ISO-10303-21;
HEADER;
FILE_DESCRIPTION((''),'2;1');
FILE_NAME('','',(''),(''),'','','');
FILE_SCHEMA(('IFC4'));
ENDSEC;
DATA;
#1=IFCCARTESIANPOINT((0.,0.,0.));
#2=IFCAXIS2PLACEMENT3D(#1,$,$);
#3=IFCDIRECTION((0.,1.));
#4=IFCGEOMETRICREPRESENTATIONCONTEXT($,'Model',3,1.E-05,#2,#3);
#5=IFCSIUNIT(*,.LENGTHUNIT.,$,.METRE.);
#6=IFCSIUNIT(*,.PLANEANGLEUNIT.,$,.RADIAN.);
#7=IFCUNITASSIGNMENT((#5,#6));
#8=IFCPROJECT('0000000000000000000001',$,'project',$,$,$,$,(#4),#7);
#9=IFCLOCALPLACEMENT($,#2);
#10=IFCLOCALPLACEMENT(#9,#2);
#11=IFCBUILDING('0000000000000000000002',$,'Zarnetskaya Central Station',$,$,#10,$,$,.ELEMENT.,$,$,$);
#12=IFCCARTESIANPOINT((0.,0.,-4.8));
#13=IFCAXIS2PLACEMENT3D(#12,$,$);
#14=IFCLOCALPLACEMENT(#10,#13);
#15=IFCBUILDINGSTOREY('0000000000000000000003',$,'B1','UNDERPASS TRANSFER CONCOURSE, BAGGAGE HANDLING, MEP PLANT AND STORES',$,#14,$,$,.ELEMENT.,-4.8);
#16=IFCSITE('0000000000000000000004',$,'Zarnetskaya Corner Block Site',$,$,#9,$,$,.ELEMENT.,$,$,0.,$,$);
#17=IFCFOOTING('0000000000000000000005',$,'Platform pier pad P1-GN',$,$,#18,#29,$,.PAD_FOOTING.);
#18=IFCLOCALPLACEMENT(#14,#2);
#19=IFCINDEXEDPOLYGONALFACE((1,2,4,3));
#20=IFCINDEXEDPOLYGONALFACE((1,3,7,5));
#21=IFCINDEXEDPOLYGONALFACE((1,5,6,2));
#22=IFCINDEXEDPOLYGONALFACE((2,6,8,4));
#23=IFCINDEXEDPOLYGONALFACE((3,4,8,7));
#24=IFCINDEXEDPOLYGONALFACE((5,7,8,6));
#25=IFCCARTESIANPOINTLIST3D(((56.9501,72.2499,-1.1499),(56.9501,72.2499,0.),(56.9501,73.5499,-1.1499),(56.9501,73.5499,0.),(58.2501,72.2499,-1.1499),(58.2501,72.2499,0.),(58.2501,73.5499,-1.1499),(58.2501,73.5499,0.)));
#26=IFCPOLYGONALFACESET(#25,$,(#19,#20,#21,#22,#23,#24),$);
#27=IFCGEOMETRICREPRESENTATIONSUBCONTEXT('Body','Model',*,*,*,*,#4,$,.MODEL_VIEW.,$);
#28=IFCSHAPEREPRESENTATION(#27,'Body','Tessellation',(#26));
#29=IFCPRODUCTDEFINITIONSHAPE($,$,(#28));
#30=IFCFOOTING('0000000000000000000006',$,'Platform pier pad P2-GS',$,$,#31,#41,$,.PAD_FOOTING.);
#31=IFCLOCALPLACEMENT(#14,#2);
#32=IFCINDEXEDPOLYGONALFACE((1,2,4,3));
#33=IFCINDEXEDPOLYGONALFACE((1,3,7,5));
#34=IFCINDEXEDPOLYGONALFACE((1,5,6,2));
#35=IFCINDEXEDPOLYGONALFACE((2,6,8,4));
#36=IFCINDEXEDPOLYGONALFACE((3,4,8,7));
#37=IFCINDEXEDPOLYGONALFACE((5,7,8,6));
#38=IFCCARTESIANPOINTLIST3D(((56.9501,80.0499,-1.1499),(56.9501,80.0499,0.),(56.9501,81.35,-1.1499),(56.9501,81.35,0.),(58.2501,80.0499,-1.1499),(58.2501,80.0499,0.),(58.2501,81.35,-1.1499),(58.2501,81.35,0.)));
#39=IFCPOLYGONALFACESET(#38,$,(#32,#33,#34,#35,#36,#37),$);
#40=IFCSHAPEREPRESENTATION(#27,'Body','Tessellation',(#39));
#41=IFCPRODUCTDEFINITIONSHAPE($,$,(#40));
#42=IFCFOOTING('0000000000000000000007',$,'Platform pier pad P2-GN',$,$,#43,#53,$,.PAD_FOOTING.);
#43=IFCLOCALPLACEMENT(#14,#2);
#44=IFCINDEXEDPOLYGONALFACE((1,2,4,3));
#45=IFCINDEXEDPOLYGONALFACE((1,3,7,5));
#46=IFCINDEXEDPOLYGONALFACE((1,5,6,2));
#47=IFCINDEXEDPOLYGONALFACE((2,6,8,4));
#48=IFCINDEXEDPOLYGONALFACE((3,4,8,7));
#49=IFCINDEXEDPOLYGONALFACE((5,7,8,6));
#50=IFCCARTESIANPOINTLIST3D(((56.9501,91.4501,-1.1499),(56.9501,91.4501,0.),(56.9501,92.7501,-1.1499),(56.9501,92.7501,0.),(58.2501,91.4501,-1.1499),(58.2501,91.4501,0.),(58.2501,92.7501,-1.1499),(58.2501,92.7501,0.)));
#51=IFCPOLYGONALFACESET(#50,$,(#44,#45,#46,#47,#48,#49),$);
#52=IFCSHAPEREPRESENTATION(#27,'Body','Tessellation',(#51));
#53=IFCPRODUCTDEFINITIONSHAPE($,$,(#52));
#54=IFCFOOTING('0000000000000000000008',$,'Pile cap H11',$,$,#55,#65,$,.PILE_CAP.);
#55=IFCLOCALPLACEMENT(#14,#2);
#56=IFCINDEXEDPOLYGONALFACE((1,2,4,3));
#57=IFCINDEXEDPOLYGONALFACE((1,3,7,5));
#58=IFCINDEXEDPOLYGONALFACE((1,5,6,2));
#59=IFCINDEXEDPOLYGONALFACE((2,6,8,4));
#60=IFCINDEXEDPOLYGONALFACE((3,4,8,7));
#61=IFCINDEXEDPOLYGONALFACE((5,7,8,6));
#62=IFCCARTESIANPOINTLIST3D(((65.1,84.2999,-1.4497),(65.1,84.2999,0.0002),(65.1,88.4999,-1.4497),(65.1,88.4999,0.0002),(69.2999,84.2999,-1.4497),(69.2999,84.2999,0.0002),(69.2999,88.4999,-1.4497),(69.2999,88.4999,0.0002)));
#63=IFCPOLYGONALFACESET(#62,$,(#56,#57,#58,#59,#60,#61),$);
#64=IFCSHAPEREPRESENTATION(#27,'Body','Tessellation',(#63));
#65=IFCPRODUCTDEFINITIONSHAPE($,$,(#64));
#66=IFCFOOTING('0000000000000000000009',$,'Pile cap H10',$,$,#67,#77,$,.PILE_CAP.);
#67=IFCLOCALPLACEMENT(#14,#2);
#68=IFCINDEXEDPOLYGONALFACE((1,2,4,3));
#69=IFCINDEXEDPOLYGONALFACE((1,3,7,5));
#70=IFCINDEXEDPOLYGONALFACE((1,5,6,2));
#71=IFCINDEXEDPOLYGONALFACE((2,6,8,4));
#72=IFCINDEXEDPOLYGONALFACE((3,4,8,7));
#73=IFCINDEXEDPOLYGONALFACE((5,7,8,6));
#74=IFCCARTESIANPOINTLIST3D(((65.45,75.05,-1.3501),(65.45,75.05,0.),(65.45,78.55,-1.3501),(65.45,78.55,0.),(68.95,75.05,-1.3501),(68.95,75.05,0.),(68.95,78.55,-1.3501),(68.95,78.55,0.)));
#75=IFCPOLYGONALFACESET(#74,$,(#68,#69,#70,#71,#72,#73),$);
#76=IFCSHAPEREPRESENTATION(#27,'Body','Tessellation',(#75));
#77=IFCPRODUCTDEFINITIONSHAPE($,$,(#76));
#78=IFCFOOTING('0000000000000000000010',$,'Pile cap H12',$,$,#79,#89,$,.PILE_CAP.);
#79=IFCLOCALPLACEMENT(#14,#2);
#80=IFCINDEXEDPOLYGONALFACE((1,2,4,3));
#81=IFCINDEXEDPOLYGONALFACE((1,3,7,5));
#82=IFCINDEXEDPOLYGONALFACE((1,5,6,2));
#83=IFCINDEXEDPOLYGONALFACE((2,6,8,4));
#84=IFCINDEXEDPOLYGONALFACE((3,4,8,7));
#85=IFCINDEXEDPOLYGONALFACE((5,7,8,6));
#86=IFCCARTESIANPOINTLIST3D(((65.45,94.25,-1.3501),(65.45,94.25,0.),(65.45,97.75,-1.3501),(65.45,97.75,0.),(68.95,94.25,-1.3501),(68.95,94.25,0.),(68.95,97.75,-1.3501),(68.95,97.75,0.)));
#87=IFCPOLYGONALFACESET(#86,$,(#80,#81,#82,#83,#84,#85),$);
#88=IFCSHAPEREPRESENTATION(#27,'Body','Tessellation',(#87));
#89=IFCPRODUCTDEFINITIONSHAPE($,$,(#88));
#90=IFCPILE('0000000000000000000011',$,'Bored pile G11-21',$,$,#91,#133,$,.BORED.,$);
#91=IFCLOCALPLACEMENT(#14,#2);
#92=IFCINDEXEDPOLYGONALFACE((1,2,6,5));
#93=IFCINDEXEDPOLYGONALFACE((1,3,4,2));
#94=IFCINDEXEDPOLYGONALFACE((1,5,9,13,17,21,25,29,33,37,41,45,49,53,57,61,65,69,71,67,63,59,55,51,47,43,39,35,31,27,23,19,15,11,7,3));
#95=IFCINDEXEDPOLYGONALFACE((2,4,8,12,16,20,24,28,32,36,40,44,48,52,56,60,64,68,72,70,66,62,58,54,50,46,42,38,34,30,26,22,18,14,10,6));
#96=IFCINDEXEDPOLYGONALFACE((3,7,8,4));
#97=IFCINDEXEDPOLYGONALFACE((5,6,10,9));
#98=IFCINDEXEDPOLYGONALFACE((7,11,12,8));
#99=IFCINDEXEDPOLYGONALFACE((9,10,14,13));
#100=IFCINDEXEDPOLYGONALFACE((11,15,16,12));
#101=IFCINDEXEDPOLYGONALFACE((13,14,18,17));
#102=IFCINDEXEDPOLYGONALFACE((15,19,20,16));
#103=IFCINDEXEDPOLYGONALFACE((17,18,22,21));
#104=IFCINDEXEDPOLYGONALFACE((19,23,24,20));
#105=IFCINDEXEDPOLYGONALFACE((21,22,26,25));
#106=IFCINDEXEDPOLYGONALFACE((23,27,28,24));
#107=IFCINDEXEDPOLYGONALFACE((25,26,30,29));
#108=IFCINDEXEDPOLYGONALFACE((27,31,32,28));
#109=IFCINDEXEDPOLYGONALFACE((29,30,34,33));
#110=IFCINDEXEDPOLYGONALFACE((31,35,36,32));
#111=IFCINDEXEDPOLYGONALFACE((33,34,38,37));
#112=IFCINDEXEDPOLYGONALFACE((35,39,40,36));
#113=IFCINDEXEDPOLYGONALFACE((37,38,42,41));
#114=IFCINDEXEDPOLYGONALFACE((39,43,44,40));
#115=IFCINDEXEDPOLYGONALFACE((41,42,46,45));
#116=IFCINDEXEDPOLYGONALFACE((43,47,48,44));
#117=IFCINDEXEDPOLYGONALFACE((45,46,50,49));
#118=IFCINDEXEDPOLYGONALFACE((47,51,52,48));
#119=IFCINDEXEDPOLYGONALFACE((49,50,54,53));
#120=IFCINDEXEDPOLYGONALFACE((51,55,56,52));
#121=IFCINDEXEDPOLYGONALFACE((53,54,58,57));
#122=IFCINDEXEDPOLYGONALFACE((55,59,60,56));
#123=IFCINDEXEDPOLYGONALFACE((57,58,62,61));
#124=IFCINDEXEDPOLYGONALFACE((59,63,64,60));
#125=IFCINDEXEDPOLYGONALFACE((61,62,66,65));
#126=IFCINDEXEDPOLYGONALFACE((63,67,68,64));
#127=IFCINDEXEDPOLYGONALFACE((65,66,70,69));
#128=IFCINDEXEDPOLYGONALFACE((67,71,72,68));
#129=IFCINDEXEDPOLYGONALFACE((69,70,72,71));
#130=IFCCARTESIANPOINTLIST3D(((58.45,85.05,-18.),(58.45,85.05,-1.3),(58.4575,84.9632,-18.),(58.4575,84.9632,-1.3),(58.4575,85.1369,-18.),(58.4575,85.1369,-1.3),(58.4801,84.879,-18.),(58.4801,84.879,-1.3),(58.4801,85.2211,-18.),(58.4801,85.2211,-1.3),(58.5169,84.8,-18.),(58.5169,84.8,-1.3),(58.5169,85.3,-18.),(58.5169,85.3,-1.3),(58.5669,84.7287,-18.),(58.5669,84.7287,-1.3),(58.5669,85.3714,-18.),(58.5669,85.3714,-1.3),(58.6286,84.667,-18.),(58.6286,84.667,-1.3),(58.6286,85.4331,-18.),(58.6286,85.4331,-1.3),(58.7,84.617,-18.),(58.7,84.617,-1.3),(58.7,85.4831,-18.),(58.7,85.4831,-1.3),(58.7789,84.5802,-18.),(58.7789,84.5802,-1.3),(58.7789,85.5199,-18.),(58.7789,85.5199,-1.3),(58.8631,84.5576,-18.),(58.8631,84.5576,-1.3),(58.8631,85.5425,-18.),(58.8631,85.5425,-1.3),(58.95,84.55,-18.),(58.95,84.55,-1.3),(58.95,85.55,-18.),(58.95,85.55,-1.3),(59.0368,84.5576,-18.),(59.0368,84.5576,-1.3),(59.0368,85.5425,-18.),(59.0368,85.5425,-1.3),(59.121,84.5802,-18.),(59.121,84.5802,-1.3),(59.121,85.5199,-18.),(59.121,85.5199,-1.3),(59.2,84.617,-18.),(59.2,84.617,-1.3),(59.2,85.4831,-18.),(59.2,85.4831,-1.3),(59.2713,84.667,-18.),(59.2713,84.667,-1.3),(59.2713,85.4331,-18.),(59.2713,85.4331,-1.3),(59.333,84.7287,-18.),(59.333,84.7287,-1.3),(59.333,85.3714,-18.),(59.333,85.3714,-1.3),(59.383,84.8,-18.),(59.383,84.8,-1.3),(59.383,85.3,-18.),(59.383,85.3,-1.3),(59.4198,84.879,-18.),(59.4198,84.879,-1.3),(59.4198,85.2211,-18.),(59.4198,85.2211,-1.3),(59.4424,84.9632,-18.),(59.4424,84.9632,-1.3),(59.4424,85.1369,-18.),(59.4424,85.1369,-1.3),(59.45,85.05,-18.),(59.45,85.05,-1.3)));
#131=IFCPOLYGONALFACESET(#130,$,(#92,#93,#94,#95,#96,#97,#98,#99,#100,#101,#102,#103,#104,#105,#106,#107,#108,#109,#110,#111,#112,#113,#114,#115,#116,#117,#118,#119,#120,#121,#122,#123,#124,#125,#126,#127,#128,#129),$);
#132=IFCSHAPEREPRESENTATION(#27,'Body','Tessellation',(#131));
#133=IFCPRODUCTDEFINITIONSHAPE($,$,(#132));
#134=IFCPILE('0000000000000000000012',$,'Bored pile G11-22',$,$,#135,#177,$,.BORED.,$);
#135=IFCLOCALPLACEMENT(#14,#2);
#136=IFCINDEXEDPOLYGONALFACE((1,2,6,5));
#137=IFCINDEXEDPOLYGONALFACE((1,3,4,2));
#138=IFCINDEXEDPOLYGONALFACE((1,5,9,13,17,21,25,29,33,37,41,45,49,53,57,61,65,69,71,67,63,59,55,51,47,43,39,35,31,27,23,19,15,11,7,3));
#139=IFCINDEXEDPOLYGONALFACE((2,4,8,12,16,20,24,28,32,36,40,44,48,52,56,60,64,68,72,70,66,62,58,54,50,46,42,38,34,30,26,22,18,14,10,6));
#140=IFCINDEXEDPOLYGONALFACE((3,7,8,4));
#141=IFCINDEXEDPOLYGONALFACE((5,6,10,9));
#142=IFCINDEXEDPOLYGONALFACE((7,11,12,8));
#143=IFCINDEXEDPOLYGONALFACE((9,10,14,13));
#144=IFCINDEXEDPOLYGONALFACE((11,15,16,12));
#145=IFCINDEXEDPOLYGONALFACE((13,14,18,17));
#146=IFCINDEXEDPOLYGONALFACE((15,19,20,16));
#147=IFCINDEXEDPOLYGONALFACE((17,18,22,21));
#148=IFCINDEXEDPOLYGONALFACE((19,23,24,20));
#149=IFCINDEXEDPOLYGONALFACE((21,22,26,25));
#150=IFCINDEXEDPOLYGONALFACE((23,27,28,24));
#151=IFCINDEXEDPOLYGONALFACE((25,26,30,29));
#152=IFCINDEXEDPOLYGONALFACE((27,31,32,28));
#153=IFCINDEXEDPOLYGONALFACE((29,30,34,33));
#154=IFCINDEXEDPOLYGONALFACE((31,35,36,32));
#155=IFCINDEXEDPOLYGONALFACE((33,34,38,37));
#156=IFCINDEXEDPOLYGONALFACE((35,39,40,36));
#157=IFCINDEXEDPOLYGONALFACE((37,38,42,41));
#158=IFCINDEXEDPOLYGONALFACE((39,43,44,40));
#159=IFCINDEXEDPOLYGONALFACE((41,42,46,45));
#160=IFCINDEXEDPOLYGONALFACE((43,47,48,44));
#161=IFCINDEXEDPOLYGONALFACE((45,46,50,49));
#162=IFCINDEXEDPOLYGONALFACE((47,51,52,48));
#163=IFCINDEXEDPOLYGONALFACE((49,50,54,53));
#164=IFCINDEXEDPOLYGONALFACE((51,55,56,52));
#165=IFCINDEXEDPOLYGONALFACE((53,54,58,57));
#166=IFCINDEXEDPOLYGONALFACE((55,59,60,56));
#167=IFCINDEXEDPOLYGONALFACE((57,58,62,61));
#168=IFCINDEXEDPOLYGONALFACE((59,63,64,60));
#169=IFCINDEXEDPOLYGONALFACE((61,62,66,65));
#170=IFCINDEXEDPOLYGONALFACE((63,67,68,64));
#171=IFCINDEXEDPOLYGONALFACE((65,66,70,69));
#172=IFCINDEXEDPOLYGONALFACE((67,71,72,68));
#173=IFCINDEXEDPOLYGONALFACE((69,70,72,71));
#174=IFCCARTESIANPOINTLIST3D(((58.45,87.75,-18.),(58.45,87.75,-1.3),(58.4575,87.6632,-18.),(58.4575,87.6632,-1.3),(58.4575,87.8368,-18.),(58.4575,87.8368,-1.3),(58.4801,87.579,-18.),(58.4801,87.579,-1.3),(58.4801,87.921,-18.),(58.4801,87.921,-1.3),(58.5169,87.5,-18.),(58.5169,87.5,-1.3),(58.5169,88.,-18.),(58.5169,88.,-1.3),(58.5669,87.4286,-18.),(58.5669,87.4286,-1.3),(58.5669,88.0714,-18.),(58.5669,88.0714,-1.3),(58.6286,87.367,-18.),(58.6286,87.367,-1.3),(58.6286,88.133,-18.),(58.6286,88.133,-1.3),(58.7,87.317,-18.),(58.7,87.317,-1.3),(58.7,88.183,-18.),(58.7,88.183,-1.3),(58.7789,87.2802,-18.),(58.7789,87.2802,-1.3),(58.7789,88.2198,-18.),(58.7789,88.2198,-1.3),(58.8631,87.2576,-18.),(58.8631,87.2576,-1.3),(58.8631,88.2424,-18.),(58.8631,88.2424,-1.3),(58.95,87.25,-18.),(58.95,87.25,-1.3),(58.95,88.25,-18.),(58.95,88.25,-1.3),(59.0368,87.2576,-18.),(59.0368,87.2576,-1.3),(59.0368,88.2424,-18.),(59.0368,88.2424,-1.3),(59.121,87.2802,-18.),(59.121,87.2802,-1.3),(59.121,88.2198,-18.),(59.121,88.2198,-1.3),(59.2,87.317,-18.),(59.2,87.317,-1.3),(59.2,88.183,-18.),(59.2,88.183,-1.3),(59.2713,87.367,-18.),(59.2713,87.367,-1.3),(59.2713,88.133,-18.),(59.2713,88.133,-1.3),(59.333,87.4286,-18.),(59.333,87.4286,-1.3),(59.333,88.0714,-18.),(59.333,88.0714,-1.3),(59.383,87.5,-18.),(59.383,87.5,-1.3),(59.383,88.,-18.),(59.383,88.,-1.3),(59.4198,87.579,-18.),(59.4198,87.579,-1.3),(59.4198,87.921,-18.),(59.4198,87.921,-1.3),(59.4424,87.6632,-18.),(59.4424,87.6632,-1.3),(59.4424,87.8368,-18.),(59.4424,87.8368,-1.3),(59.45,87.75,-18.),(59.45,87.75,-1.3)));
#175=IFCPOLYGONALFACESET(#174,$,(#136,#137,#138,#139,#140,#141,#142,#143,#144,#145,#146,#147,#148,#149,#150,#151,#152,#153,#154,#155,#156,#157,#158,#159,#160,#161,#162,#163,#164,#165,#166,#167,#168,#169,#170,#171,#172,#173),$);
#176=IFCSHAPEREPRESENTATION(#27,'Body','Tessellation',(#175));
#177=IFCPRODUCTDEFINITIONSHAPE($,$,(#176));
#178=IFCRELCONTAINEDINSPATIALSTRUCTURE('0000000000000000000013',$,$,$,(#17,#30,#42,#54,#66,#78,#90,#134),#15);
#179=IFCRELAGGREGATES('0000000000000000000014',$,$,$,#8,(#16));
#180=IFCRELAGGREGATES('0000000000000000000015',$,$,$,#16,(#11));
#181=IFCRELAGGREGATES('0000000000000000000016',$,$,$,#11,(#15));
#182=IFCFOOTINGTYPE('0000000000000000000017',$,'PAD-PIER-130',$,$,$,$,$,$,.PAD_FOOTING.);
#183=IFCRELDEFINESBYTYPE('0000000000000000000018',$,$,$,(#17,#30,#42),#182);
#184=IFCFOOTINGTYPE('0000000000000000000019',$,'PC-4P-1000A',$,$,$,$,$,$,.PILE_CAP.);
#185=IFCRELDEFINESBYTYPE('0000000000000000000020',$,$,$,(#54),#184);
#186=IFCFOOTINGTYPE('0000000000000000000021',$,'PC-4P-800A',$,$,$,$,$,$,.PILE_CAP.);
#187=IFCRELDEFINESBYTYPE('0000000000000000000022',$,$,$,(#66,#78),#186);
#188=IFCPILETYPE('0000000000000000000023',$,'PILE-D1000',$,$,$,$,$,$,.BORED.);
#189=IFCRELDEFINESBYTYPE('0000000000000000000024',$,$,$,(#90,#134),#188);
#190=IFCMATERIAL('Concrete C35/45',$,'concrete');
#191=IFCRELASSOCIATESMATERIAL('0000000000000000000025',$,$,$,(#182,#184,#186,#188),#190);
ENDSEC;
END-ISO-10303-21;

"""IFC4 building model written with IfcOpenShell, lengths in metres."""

from ifc_helpers import new_model, si_unit, direction, frame, origin, origin_2d, place, context, subcontext, project, spatial, rectangle, circle, extrude, material, material_profile, profile_set, type_object, element, save


model = new_model("IFC4")

# Units and contexts
model_context = context("Model", 3, precision=1e-05, world=origin(), true_north=direction((0.0, 1.0)))
body_context = subcontext(model_context, "Body", "Model", "MODEL_VIEW")
ifc_project = project(units=[si_unit("LENGTHUNIT", "METRE"), si_unit("PLANEANGLEUNIT", "RADIAN")], contexts=[model_context])

# Site, building, storey
site_placement = place(None, origin())
site = spatial("IfcSite", under=ifc_project, at=site_placement, Name="Zarnetskaya Corner Block Site", CompositionType="ELEMENT", RefElevation=0.0)
building_placement = place(site_placement, origin())
building = spatial("IfcBuilding", under=site, at=building_placement, Name="Zarnetskaya Central Station", CompositionType="ELEMENT")
storey_placement = place(building_placement, frame((0.0, 0.0, -4.8)))
storey = spatial("IfcBuildingStorey", under=building, at=storey_placement, Name="B1", Description="UNDERPASS TRANSFER CONCOURSE, BAGGAGE HANDLING, MEP PLANT AND STORES", CompositionType="ELEMENT", Elevation=-4.8)

# Footings
ifc_material = material(Name="Concrete C35/45", Category="concrete")
footing_type_1 = type_object("IfcFootingType", Name="PAD-PIER-130", PredefinedType="PAD_FOOTING", material=ifc_material)
for number, where, z_axis, x_axis, name in (
    (1, (57.6001, 72.8999, -1.1499), (0.0, 0.0, 1.0), (1.0, 0.0, 0.0), "Platform pier pad P1-GN"),
    (2, (57.6001, 80.7, -1.1499), (0.0, 0.0, 1.0), (1.0, 0.0, 0.0), "Platform pier pad P2-GS"),
    (3, (57.6001, 92.1001, -1.1499), (0.0, 0.0, 1.0), (1.0, 0.0, 0.0), "Platform pier pad P2-GN"),
):
    element("IfcFooting", number, at=place(storey_placement, frame(where, z_axis=z_axis, x_axis=x_axis)), inside=storey, type_object=footing_type_1, Name=name, PredefinedType="PAD_FOOTING", context=body_context, shape_type="SweptSolid", body=[
        extrude(rectangle(XDim=1.3, YDim=1.3, at=origin_2d()), origin(), (0.0, 0.0, 1.0), 1.1499),
    ])
footing_type_2 = type_object("IfcFootingType", Name="PC-4P-1000A", PredefinedType="PILE_CAP", material=ifc_material)
footing_placement = place(storey_placement, frame((67.2, 86.3999, -1.4497), z_axis=(0.0, 0.0, 1.0), x_axis=(1.0, 0.0, 0.0)))
element("IfcFooting", 4, at=footing_placement, inside=storey, type_object=footing_type_2, Name="Pile cap H11", PredefinedType="PILE_CAP", context=body_context, shape_type="SweptSolid", body=[
    extrude(rectangle(XDim=4.2, YDim=4.2, at=origin_2d()), origin(), (0.0, 0.0, 1.0), 1.45),
])
footing_type_3 = type_object("IfcFootingType", Name="PC-4P-800A", PredefinedType="PILE_CAP", material=ifc_material)
for number, where, z_axis, x_axis, name in (
    (5, (67.2, 76.8, -1.3501), (0.0, 0.0, 1.0), (1.0, 0.0, 0.0), "Pile cap H10"),
    (6, (67.2, 96.0, -1.3501), (0.0, 0.0, 1.0), (1.0, 0.0, 0.0), "Pile cap H12"),
):
    element("IfcFooting", number, at=place(storey_placement, frame(where, z_axis=z_axis, x_axis=x_axis)), inside=storey, type_object=footing_type_3, Name=name, PredefinedType="PILE_CAP", context=body_context, shape_type="SweptSolid", body=[
        extrude(rectangle(XDim=3.5, YDim=3.5, at=origin_2d()), origin(), (0.0, 0.0, 1.0), 1.3501),
    ])

# Piles
ifc_material_profile_1 = material_profile(ifc_material, circle(Radius=0.5, at=origin_2d()), Name="BORED PILE D1000")
ifc_profile_set_1 = profile_set([ifc_material_profile_1], Name="Concrete C35/45")
pile_type_1 = type_object("IfcPileType", Name="PILE-D1000", PredefinedType="BORED", material=ifc_profile_set_1)
for number, where, z_axis, x_axis, name in (
    (7, (58.95, 85.05, -1.3), (0.0, 0.0, -1.0), (1.0, 0.0, 0.0), "Bored pile G11-21"),
    (8, (58.95, 87.75, -1.3), (0.0, 0.0, -1.0), (1.0, 0.0, 0.0), "Bored pile G11-22"),
):
    element("IfcPile", number, at=place(storey_placement, frame(where, z_axis=z_axis, x_axis=x_axis)), inside=storey, type_object=pile_type_1, Name=name, PredefinedType="BORED", context=body_context, shape_type="SweptSolid", body=[
        extrude(circle(Radius=0.5, at=origin_2d()), origin(), (0.0, 0.0, 1.0), 16.7),
    ])

save(model, "model.ifc")
